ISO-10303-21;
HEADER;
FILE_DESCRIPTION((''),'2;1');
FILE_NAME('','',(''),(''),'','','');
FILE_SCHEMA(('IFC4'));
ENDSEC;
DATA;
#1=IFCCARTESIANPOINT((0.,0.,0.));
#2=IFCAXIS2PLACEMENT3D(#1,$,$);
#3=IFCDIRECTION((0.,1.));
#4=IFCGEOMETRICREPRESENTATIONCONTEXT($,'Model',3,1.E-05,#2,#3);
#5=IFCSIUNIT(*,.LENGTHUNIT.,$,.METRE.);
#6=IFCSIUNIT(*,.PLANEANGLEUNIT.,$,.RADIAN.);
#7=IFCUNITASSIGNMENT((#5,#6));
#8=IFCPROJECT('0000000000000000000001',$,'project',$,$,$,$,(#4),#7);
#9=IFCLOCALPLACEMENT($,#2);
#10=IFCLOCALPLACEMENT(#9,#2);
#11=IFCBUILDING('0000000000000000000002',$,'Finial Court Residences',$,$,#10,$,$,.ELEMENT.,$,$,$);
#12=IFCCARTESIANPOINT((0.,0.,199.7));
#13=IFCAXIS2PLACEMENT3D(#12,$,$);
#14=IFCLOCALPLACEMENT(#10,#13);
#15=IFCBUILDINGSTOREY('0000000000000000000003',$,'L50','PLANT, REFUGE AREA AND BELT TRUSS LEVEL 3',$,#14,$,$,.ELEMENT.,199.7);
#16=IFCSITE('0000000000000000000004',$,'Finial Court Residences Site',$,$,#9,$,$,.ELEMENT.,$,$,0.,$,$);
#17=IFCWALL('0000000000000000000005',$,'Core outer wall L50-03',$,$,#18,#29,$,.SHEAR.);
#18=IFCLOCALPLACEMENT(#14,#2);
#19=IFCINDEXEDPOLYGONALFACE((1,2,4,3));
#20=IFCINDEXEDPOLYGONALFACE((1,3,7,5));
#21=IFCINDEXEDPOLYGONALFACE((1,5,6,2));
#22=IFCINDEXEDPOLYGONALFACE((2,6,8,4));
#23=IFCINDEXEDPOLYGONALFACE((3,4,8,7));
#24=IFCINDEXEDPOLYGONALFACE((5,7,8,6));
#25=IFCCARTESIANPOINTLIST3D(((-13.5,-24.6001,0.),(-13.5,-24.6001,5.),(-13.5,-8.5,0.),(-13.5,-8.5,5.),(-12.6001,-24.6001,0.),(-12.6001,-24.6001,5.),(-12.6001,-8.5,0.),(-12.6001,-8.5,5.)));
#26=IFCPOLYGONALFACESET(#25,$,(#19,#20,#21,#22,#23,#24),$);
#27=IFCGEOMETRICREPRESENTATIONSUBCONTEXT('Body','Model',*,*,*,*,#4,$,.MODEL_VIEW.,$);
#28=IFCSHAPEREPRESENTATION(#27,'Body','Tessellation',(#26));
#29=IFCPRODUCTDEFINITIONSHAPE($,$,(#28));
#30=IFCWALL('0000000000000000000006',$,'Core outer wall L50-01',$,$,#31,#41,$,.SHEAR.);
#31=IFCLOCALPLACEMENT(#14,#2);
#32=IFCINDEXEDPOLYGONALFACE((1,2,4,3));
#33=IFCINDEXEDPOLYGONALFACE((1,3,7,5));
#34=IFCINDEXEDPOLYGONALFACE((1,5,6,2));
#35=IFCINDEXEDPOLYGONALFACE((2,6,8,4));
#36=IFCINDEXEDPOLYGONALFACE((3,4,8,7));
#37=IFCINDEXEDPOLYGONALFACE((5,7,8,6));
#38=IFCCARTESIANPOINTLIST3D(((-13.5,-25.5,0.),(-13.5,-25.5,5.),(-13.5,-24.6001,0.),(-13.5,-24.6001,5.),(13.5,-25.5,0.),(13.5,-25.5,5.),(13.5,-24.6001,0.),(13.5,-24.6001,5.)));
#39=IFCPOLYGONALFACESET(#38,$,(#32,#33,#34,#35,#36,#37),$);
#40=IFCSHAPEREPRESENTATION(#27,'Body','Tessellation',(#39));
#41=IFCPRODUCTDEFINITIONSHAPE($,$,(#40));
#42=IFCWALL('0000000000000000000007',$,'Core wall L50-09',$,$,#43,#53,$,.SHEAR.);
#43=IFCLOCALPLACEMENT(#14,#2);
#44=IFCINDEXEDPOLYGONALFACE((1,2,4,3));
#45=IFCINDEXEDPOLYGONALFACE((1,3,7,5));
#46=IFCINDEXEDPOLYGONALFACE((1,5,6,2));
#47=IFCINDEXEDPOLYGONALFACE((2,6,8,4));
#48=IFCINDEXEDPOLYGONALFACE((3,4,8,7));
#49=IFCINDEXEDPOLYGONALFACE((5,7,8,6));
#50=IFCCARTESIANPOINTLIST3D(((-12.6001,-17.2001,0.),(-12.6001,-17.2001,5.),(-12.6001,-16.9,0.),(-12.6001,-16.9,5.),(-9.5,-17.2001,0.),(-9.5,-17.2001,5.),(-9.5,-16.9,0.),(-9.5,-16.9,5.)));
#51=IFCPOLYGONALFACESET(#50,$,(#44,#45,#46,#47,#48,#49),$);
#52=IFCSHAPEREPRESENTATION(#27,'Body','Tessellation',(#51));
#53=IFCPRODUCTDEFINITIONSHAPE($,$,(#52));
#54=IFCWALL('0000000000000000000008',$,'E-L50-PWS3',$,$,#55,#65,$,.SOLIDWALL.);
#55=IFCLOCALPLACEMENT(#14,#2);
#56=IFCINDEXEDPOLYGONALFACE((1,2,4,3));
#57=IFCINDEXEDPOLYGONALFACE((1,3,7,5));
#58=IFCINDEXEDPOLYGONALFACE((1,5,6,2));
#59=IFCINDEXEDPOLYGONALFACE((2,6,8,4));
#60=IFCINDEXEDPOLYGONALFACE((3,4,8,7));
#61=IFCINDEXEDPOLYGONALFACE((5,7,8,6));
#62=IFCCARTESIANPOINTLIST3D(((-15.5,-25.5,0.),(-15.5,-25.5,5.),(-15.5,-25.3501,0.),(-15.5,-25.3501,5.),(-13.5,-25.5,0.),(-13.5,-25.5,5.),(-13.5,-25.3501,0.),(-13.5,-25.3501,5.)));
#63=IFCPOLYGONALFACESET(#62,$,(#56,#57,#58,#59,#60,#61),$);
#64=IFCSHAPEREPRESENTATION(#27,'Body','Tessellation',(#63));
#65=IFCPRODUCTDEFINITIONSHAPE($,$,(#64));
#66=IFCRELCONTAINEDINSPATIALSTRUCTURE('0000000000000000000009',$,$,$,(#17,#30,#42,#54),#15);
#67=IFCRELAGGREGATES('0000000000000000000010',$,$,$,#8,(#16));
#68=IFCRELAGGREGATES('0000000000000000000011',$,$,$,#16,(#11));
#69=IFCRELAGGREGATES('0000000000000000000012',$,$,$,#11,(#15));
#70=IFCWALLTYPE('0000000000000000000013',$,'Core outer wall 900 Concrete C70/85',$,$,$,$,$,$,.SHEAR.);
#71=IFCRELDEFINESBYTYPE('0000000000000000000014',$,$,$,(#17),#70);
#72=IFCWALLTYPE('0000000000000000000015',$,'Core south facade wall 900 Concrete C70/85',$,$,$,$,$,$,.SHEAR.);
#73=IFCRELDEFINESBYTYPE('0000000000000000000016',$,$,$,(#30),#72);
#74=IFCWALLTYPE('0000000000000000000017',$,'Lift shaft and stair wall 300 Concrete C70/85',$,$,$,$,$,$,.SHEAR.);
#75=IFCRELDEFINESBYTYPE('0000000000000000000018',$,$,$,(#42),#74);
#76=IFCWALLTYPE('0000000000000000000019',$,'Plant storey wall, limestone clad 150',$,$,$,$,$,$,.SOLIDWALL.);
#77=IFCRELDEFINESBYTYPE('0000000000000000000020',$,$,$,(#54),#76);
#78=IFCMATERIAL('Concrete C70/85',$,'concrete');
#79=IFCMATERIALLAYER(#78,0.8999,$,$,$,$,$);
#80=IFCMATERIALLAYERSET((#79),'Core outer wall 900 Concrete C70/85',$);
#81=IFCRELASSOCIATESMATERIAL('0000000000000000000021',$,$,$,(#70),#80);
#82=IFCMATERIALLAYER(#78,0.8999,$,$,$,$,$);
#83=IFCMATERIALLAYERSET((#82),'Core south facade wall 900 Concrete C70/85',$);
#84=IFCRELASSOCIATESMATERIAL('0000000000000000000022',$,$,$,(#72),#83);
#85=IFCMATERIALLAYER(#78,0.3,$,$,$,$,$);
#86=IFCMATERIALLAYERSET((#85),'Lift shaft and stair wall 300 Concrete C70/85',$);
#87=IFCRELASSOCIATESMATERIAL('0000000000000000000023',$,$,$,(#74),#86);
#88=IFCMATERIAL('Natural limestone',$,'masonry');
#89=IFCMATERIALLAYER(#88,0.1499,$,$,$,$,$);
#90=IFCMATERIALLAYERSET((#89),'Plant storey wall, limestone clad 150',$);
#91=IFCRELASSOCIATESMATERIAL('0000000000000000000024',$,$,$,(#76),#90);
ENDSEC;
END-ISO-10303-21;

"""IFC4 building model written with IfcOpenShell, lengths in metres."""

from ifc_helpers import new_model, si_unit, direction, frame, frame_2d, origin, place, context, subcontext, project, spatial, rectangle, extrude, material, layer, layer_set, type_object, element, save


model = new_model("IFC4")

# Units and contexts
model_context = context("Model", 3, precision=1e-05, world=origin(), true_north=direction((0.0, 1.0)))
body_context = subcontext(model_context, "Body", "Model", "MODEL_VIEW")
ifc_project = project(units=[si_unit("LENGTHUNIT", "METRE"), si_unit("PLANEANGLEUNIT", "RADIAN")], contexts=[model_context])

# Site, building, storey
site_placement = place(None, origin())
site = spatial("IfcSite", under=ifc_project, at=site_placement, Name="Finial Court Residences Site", CompositionType="ELEMENT", RefElevation=0.0)
building_placement = place(site_placement, origin())
building = spatial("IfcBuilding", under=site, at=building_placement, Name="Finial Court Residences", CompositionType="ELEMENT")
storey_placement = place(building_placement, frame((0.0, 0.0, 199.7)))
storey = spatial("IfcBuildingStorey", under=building, at=storey_placement, Name="L50", Description="PLANT, REFUGE AREA AND BELT TRUSS LEVEL 3", CompositionType="ELEMENT", Elevation=199.7)

# Walls
ifc_material_1 = material(Name="Concrete C70/85", Category="concrete")
ifc_layer_1 = layer(ifc_material_1, 0.8999)
ifc_layer_set_1 = layer_set([ifc_layer_1], Name="Core outer wall 900 Concrete C70/85")
wall_type_1 = type_object("IfcWallType", Name="Core outer wall 900 Concrete C70/85", PredefinedType="SHEAR", material=ifc_layer_set_1)
wall_1_placement = place(storey_placement, frame((-13.05, -24.6001, 0.0), z_axis=(0.0, 0.0, 1.0), x_axis=(0.0, 1.0, 0.0)))
element("IfcWall", 1, at=wall_1_placement, inside=storey, type_object=wall_type_1, Name="Core outer wall L50-03", PredefinedType="SHEAR", context=body_context, shape_type="SweptSolid", body=[
    extrude(rectangle(XDim=16.1001, YDim=0.8999, at=frame_2d((8.05, 0.0))), origin(), (0.0, 0.0, 1.0), 5.0),
])
ifc_layer_2 = layer(ifc_material_1, 0.8999)
ifc_layer_set_2 = layer_set([ifc_layer_2], Name="Core south facade wall 900 Concrete C70/85")
wall_type_2 = type_object("IfcWallType", Name="Core south facade wall 900 Concrete C70/85", PredefinedType="SHEAR", material=ifc_layer_set_2)
wall_2_placement = place(storey_placement, frame((-13.5, -25.05, 0.0), z_axis=(0.0, 0.0, 1.0), x_axis=(1.0, 0.0, 0.0)))
element("IfcWall", 2, at=wall_2_placement, inside=storey, type_object=wall_type_2, Name="Core outer wall L50-01", PredefinedType="SHEAR", context=body_context, shape_type="SweptSolid", body=[
    extrude(rectangle(XDim=27.0, YDim=0.8999, at=frame_2d((13.5, 0.0))), origin(), (0.0, 0.0, 1.0), 5.0),
])
ifc_layer_3 = layer(ifc_material_1, 0.3)
ifc_layer_set_3 = layer_set([ifc_layer_3], Name="Lift shaft and stair wall 300 Concrete C70/85")
wall_type_3 = type_object("IfcWallType", Name="Lift shaft and stair wall 300 Concrete C70/85", PredefinedType="SHEAR", material=ifc_layer_set_3)
wall_3_placement = place(storey_placement, frame((-12.6001, -17.05, 0.0), z_axis=(0.0, 0.0, 1.0), x_axis=(1.0, 0.0, 0.0)))
element("IfcWall", 3, at=wall_3_placement, inside=storey, type_object=wall_type_3, Name="Core wall L50-09", PredefinedType="SHEAR", context=body_context, shape_type="SweptSolid", body=[
    extrude(rectangle(XDim=3.1001, YDim=0.3, at=frame_2d((1.55, 0.0))), origin(), (0.0, 0.0, 1.0), 5.0),
])
ifc_material_2 = material(Name="Natural limestone", Category="masonry")
ifc_layer_4 = layer(ifc_material_2, 0.1499)
ifc_layer_set_4 = layer_set([ifc_layer_4], Name="Plant storey wall, limestone clad 150")
wall_type_4 = type_object("IfcWallType", Name="Plant storey wall, limestone clad 150", PredefinedType="SOLIDWALL", material=ifc_layer_set_4)
wall_4_placement = place(storey_placement, frame((-13.5, -25.425, 0.0), z_axis=(0.0, 0.0, 1.0), x_axis=(-1.0, 0.0, 0.0)))
element("IfcWall", 4, at=wall_4_placement, inside=storey, type_object=wall_type_4, Name="E-L50-PWS3", PredefinedType="SOLIDWALL", context=body_context, shape_type="SweptSolid", body=[
    extrude(rectangle(XDim=2.0, YDim=0.1499, at=frame_2d((1.0, 0.0))), origin(), (0.0, 0.0, 1.0), 5.0),
])

save(model, "model.ifc")
